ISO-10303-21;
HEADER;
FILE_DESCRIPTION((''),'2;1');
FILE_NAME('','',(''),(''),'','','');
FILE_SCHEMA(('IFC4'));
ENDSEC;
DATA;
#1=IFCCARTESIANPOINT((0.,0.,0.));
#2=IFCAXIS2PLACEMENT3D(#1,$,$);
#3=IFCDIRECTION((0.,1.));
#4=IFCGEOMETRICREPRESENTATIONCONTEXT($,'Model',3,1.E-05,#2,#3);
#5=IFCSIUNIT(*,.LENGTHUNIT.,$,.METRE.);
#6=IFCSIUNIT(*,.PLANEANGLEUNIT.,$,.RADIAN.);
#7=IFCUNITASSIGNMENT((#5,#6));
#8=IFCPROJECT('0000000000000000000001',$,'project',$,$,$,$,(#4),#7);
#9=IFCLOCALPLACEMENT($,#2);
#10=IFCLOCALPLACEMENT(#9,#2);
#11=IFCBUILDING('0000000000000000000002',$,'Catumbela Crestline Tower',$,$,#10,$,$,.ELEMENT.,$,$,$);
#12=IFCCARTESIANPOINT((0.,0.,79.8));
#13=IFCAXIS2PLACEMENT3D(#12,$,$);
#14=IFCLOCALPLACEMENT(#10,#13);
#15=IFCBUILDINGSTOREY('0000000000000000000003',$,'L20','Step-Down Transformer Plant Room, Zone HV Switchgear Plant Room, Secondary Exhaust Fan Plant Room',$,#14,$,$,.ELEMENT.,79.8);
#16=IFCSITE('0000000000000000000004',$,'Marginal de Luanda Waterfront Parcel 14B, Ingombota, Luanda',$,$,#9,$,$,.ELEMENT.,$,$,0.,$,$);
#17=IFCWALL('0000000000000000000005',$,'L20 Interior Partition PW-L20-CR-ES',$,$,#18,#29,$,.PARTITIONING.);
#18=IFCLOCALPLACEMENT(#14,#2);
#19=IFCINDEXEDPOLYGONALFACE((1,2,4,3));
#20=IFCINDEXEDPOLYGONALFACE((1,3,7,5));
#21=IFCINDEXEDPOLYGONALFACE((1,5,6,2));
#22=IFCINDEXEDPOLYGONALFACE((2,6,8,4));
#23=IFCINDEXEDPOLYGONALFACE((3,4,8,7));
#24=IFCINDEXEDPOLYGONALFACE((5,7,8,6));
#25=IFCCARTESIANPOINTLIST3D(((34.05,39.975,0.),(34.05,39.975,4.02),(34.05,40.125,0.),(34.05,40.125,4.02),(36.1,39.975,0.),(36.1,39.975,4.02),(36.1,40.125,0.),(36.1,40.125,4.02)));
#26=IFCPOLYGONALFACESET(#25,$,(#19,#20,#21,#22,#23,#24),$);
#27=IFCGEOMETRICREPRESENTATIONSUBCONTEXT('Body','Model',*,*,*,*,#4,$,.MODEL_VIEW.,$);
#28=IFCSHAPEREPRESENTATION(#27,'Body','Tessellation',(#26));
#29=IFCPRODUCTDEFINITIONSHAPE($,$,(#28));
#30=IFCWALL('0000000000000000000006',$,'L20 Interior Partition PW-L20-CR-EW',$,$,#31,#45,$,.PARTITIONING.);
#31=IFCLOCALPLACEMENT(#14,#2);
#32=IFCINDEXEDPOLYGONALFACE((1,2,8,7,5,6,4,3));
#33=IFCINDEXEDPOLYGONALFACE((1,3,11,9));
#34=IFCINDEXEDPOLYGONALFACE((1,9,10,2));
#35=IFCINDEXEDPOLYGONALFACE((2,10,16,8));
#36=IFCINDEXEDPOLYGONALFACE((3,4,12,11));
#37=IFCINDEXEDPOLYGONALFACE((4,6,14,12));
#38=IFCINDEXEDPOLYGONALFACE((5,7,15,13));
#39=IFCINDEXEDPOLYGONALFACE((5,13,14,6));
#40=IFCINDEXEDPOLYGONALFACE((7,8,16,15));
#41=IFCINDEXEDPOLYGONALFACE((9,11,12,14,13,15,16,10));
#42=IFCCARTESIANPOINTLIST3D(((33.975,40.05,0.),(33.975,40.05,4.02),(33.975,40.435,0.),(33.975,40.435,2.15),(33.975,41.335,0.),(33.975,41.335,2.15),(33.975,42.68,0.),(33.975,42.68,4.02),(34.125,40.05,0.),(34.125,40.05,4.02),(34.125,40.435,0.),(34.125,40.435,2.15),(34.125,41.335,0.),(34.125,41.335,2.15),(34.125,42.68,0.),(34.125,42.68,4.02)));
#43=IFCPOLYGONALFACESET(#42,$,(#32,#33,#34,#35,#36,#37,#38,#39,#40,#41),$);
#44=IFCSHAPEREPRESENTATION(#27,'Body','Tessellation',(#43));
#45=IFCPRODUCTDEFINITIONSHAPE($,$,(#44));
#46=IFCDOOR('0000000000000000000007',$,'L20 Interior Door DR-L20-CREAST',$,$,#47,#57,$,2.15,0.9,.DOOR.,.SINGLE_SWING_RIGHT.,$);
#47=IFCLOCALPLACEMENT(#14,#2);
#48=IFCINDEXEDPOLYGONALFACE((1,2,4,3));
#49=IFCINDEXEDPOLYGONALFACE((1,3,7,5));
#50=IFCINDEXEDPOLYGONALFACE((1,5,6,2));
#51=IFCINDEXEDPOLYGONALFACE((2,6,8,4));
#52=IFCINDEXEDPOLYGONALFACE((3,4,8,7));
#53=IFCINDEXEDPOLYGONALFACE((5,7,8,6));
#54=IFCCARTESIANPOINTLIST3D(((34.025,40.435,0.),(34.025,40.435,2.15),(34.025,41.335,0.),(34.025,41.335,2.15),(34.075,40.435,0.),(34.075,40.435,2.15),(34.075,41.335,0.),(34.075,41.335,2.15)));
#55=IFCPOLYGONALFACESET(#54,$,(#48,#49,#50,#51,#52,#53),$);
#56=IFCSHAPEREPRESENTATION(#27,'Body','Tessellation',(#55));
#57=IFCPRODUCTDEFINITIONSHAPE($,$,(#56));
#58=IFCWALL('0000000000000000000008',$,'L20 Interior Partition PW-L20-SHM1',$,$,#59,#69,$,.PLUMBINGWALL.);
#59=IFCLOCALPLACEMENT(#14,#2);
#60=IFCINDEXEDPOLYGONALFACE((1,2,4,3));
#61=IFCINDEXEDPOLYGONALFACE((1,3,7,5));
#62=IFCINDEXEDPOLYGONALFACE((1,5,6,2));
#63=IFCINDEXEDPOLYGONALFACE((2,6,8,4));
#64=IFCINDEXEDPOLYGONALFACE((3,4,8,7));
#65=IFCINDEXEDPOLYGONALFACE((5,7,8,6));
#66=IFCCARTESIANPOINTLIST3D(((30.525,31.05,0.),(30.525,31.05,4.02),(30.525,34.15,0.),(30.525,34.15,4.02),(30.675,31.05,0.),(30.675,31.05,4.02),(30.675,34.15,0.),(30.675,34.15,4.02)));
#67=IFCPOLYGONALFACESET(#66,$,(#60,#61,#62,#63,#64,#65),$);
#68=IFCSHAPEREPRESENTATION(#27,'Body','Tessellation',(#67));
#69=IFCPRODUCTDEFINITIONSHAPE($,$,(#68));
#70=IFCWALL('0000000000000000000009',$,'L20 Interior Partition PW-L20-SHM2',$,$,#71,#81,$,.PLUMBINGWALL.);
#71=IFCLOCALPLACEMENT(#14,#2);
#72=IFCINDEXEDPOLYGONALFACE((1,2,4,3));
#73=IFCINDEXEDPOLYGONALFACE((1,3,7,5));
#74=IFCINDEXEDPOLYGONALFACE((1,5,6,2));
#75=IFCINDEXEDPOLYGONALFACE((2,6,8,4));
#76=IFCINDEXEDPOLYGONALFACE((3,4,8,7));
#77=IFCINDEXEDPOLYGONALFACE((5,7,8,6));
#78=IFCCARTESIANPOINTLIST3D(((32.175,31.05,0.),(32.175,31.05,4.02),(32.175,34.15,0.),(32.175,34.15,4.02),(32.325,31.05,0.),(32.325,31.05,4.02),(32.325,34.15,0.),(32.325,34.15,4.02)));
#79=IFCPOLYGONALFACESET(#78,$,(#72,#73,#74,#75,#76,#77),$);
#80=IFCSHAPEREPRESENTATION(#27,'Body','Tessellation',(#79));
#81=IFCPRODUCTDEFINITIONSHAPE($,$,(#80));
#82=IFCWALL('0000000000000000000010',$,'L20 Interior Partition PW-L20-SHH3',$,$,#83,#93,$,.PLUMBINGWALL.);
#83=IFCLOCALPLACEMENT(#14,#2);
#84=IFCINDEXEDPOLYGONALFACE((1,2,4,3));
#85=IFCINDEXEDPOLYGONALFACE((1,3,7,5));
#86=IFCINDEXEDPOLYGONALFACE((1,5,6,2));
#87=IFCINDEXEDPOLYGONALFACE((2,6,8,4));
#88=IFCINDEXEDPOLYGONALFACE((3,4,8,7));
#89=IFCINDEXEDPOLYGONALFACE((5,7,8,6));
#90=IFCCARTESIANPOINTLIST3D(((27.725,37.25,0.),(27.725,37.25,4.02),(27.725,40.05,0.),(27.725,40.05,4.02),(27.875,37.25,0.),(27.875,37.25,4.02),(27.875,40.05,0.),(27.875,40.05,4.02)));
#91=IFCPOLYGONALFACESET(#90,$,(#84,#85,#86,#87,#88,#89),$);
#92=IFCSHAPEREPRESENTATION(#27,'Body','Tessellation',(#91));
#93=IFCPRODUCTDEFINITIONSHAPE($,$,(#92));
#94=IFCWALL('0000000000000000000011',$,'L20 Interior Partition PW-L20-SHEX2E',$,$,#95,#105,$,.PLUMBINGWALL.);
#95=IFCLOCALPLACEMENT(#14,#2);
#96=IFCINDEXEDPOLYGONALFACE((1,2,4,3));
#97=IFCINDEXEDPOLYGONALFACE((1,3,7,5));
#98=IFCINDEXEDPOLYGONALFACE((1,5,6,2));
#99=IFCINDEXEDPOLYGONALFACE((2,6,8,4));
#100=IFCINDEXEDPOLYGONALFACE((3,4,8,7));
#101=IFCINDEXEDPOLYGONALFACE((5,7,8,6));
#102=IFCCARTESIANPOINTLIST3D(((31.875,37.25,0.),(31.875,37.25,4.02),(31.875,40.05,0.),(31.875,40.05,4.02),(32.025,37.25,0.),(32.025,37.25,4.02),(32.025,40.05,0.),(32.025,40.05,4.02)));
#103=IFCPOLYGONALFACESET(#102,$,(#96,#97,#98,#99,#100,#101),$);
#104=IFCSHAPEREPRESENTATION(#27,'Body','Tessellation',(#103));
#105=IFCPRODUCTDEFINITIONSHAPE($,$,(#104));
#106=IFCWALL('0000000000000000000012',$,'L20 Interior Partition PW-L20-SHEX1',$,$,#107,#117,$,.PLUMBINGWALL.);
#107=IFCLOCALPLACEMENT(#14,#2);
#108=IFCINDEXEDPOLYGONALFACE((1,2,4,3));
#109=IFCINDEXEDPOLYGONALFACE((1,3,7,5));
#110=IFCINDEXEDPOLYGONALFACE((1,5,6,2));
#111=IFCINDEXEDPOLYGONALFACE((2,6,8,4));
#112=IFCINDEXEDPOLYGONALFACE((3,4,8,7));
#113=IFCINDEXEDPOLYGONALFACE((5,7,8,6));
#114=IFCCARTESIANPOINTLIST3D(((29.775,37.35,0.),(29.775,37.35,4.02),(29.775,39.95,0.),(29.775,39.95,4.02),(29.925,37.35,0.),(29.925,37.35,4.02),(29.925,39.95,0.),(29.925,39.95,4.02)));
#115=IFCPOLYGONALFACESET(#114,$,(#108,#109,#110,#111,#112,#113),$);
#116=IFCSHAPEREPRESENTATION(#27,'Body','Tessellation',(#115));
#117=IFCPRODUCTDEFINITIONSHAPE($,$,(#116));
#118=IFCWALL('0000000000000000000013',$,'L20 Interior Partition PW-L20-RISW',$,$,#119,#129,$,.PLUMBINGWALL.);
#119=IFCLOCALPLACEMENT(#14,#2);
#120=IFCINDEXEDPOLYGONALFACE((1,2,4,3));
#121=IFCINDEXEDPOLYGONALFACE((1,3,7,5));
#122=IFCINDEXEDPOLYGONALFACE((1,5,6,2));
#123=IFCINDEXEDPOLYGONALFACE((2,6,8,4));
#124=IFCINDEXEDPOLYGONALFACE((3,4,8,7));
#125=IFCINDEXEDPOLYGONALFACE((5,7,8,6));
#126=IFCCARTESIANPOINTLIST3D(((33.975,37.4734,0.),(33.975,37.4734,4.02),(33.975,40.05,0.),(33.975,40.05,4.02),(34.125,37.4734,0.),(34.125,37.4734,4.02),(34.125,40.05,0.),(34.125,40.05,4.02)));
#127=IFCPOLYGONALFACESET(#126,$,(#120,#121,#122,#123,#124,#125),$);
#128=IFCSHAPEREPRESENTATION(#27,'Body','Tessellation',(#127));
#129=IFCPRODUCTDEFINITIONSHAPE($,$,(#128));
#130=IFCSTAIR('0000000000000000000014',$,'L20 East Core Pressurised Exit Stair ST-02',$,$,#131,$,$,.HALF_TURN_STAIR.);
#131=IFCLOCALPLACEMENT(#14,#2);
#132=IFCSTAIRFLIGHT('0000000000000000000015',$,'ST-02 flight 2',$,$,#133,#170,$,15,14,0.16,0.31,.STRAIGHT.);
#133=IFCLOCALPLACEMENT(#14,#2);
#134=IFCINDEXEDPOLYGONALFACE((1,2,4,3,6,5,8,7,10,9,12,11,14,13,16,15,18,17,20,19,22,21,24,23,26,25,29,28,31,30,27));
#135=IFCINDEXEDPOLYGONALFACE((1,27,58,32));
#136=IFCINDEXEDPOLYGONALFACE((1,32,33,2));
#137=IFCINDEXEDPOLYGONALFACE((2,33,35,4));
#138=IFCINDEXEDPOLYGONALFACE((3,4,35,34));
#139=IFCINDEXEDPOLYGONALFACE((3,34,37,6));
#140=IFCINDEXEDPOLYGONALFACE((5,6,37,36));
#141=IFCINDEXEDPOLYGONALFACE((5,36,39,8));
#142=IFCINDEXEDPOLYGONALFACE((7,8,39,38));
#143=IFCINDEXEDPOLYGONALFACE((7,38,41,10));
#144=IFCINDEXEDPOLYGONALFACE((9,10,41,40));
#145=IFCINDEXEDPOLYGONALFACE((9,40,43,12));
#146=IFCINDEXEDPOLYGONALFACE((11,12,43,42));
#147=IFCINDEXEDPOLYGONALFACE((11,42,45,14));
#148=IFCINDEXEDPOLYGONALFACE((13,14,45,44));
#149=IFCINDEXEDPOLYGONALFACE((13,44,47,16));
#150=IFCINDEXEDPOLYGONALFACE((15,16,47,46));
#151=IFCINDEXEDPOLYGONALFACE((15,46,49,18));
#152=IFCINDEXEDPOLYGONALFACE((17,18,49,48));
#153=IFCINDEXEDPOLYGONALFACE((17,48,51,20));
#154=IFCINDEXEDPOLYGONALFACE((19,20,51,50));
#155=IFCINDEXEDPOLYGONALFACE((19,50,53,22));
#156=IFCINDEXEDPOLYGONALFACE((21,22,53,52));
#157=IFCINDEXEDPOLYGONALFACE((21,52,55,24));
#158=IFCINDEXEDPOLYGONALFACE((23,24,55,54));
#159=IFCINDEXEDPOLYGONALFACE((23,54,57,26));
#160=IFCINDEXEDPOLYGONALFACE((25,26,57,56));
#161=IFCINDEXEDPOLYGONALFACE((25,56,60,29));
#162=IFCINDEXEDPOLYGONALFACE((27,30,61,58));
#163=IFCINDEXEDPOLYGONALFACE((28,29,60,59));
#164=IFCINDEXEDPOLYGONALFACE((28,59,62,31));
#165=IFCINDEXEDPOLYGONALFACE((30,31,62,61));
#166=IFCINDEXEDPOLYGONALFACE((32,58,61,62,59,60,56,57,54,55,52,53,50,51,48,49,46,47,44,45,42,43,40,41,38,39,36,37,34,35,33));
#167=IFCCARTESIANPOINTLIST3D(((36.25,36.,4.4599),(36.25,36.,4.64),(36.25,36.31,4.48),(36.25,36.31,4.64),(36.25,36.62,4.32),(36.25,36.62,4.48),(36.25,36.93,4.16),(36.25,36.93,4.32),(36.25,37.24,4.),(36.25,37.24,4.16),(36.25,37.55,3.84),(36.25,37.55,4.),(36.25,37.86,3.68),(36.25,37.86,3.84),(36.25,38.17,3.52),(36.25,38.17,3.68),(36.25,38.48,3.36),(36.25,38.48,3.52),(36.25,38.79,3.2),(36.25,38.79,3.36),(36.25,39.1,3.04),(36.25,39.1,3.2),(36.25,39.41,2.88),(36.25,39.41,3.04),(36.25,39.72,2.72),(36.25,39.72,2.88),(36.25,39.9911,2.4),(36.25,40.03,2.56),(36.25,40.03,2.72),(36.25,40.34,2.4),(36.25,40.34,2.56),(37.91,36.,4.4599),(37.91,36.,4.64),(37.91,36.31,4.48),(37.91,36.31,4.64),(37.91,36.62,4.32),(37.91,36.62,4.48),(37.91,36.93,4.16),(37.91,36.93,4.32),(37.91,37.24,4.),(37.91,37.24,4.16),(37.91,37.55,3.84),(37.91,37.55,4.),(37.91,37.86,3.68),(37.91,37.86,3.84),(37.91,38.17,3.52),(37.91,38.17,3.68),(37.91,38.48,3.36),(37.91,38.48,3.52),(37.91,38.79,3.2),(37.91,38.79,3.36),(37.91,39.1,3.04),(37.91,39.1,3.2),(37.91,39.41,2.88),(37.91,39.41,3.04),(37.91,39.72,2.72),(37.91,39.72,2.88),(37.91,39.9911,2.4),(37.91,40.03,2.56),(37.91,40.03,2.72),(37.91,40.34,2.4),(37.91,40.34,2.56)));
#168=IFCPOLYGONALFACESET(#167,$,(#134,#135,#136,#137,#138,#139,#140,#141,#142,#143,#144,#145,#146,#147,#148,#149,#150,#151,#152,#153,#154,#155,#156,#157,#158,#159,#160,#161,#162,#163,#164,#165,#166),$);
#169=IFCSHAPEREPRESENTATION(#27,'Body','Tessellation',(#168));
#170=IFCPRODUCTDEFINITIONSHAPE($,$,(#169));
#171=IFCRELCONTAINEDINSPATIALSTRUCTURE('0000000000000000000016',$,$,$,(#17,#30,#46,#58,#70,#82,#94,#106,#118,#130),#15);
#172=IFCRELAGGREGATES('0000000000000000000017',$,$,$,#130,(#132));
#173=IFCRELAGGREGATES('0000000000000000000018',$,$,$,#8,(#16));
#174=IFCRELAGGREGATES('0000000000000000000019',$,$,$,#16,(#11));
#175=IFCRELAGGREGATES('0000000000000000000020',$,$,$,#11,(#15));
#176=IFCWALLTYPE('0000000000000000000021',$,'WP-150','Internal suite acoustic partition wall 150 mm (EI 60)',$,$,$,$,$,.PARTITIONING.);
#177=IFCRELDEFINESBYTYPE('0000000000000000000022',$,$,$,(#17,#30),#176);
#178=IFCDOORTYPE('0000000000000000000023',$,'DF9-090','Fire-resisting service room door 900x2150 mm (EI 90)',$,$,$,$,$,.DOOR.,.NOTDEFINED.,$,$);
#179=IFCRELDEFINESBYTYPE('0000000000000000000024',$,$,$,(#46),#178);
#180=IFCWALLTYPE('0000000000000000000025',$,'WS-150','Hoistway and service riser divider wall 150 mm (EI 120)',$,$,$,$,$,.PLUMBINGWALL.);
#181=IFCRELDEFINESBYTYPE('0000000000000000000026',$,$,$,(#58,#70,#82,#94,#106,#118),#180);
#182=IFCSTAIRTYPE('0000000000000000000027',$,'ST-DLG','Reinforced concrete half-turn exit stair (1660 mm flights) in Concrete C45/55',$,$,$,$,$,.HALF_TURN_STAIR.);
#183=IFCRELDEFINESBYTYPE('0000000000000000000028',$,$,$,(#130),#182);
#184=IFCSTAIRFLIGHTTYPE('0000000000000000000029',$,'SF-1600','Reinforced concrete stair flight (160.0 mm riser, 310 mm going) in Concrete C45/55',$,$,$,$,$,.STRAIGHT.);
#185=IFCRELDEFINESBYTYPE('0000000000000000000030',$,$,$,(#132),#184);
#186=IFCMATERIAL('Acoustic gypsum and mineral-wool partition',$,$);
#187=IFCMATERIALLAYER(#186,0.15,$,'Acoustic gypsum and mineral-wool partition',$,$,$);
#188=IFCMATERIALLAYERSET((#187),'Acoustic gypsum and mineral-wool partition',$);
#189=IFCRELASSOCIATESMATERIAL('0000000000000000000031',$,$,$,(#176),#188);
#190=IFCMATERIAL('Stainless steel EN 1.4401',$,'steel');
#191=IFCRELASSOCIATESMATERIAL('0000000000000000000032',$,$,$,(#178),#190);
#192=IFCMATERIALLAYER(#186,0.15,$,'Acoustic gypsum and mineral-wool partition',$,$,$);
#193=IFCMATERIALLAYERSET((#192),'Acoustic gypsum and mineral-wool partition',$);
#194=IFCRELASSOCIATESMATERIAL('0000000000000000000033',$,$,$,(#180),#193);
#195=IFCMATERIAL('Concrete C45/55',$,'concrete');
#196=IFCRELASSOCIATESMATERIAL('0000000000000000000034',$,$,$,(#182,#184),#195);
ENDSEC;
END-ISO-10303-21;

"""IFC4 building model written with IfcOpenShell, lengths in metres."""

from ifc_helpers import new_model, si_unit, direction, frame, frame_2d, origin, place, context, subcontext, project, spatial, polyline, rectangle, outline, extrude, material, layer, layer_set, type_object, element, fill, aggregate, save


model = new_model("IFC4")

# Units and contexts
model_context = context("Model", 3, precision=1e-05, world=origin(), true_north=direction((0.0, 1.0)))
body_context = subcontext(model_context, "Body", "Model", "MODEL_VIEW")
ifc_project = project(units=[si_unit("LENGTHUNIT", "METRE"), si_unit("PLANEANGLEUNIT", "RADIAN")], contexts=[model_context])

# Site, building, storey
site_placement = place(None, origin())
site = spatial("IfcSite", under=ifc_project, at=site_placement, Name="Marginal de Luanda Waterfront Parcel 14B, Ingombota, Luanda", CompositionType="ELEMENT", RefElevation=0.0)
building_placement = place(site_placement, origin())
building = spatial("IfcBuilding", under=site, at=building_placement, Name="Catumbela Crestline Tower", CompositionType="ELEMENT")
storey_placement = place(building_placement, frame((0.0, 0.0, 79.8)))
storey = spatial("IfcBuildingStorey", under=building, at=storey_placement, Name="L20", Description="Step-Down Transformer Plant Room, Zone HV Switchgear Plant Room, Secondary Exhaust Fan Plant Room", CompositionType="ELEMENT", Elevation=79.8)

# Shared definitions
ifc_material_1 = material(Name="Stainless steel EN 1.4401", Category="steel")

# Wall
ifc_material_2 = material(Name="Acoustic gypsum and mineral-wool partition")
ifc_layer_1 = layer(ifc_material_2, 0.15, Name="Acoustic gypsum and mineral-wool partition")
ifc_layer_set_1 = layer_set([ifc_layer_1], Name="Acoustic gypsum and mineral-wool partition")
wall_type_1 = type_object("IfcWallType", Name="WP-150", Description="Internal suite acoustic partition wall 150 mm (EI 60)", PredefinedType="PARTITIONING", material=ifc_layer_set_1)
wall_1_placement = place(storey_placement, frame((34.05, 40.05, 0.0), z_axis=(0.0, 0.0, 1.0), x_axis=(1.0, 0.0, 0.0)))
element("IfcWall", 1, at=wall_1_placement, inside=storey, type_object=wall_type_1, Name="L20 Interior Partition PW-L20-CR-ES", PredefinedType="PARTITIONING", context=body_context, shape_type="SweptSolid", body=[
    extrude(rectangle(XDim=2.05, YDim=0.15, at=frame_2d((1.025, 0.0))), origin(), (0.0, 0.0, 1.0), 4.02),
])

# Wall, opening, door
wall_2_placement = place(storey_placement, frame((34.05, 40.05, 0.0), z_axis=(0.0, 0.0, 1.0), x_axis=(0.0, 1.0, 0.0)))
wall_2 = element("IfcWall", 2, at=wall_2_placement, inside=storey, type_object=wall_type_1, Name="L20 Interior Partition PW-L20-CR-EW", PredefinedType="PARTITIONING", context=body_context, shape_type="SweptSolid", body=[
    extrude(rectangle(XDim=2.63, YDim=0.15, at=frame_2d((1.315, 0.0))), origin(), (0.0, 0.0, 1.0), 4.02),
])
opening_1_placement = place(wall_2_placement, frame((0.385, 0.0, 0.0)))
opening_1 = element("IfcOpeningElement", 3, at=opening_1_placement, cuts=wall_2, PredefinedType="OPENING", context=body_context, shape_type="SweptSolid", body=[
    extrude(rectangle(XDim=0.9, YDim=2.15, at=frame_2d((0.45, 1.075))), frame((0.0, 0.085, 0.0), z_axis=(0.0, -1.0, 0.0), x_axis=(1.0, 0.0, 0.0)), (0.0, 0.0, 1.0), 0.17),
])
door_type_1 = type_object("IfcDoorType", Name="DF9-090", Description="Fire-resisting service room door 900x2150 mm (EI 90)", OperationType="NOTDEFINED", PredefinedType="DOOR", material=ifc_material_1)
door_1_placement = place(opening_1_placement, origin())
door_1 = element("IfcDoor", 4, at=door_1_placement, inside=storey, type_object=door_type_1, Name="L20 Interior Door DR-L20-CREAST", OperationType="SINGLE_SWING_RIGHT", OverallHeight=2.15, OverallWidth=0.9, PredefinedType="DOOR", context=body_context, shape_type="SweptSolid", body=[
    extrude(rectangle(XDim=0.9, YDim=2.15, at=frame_2d((0.45, 1.075))), frame((0.0, 0.025, 0.0), z_axis=(0.0, -1.0, 0.0), x_axis=(1.0, 0.0, 0.0)), (0.0, 0.0, 1.0), 0.05),
])
fill(opening_1, door_1)

# Walls
ifc_layer_2 = layer(ifc_material_2, 0.15, Name="Acoustic gypsum and mineral-wool partition")
ifc_layer_set_2 = layer_set([ifc_layer_2], Name="Acoustic gypsum and mineral-wool partition")
wall_type_2 = type_object("IfcWallType", Name="WS-150", Description="Hoistway and service riser divider wall 150 mm (EI 120)", PredefinedType="PLUMBINGWALL", material=ifc_layer_set_2)
for number, where, z_axis, x_axis, name in (
    (5, (30.6, 31.05, 0.0), (0.0, 0.0, 1.0), (0.0, 1.0, 0.0), "L20 Interior Partition PW-L20-SHM1"),
    (6, (32.25, 31.05, 0.0), (0.0, 0.0, 1.0), (0.0, 1.0, 0.0), "L20 Interior Partition PW-L20-SHM2"),
):
    element("IfcWall", number, at=place(storey_placement, frame(where, z_axis=z_axis, x_axis=x_axis)), inside=storey, type_object=wall_type_2, Name=name, PredefinedType="PLUMBINGWALL", context=body_context, shape_type="SweptSolid", body=[
        extrude(rectangle(XDim=3.1, YDim=0.15, at=frame_2d((1.55, 0.0))), origin(), (0.0, 0.0, 1.0), 4.02),
    ])
for number, where, z_axis, x_axis, name in (
    (7, (27.8, 37.25, 0.0), (0.0, 0.0, 1.0), (0.0, 1.0, 0.0), "L20 Interior Partition PW-L20-SHH3"),
    (8, (31.95, 37.25, 0.0), (0.0, 0.0, 1.0), (0.0, 1.0, 0.0), "L20 Interior Partition PW-L20-SHEX2E"),
):
    element("IfcWall", number, at=place(storey_placement, frame(where, z_axis=z_axis, x_axis=x_axis)), inside=storey, type_object=wall_type_2, Name=name, PredefinedType="PLUMBINGWALL", context=body_context, shape_type="SweptSolid", body=[
        extrude(rectangle(XDim=2.8, YDim=0.15, at=frame_2d((1.4, 0.0))), origin(), (0.0, 0.0, 1.0), 4.02),
    ])
wall_3_placement = place(storey_placement, frame((29.85, 37.35, 0.0), z_axis=(0.0, 0.0, 1.0), x_axis=(0.0, 1.0, 0.0)))
element("IfcWall", 9, at=wall_3_placement, inside=storey, type_object=wall_type_2, Name="L20 Interior Partition PW-L20-SHEX1", PredefinedType="PLUMBINGWALL", context=body_context, shape_type="SweptSolid", body=[
    extrude(rectangle(XDim=2.6, YDim=0.15, at=frame_2d((1.3, 0.0))), origin(), (0.0, 0.0, 1.0), 4.02),
])
wall_4_placement = place(storey_placement, frame((34.05, 37.4734, 0.0), z_axis=(0.0, 0.0, 1.0), x_axis=(0.0, 1.0, 0.0)))
element("IfcWall", 10, at=wall_4_placement, inside=storey, type_object=wall_type_2, Name="L20 Interior Partition PW-L20-RISW", PredefinedType="PLUMBINGWALL", context=body_context, shape_type="SweptSolid", body=[
    extrude(rectangle(XDim=2.5766, YDim=0.15, at=frame_2d((1.2883, 0.0))), origin(), (0.0, 0.0, 1.0), 4.02),
])

# Stair, stair flight
ifc_material_3 = material(Name="Concrete C45/55", Category="concrete")
stair_type = type_object("IfcStairType", Name="ST-DLG", Description="Reinforced concrete half-turn exit stair (1660 mm flights) in Concrete C45/55", PredefinedType="HALF_TURN_STAIR", material=ifc_material_3)
stair_placement = place(storey_placement, origin())
stair = element("IfcStair", 11, at=stair_placement, inside=storey, type_object=stair_type, Name="L20 East Core Pressurised Exit Stair ST-02", PredefinedType="HALF_TURN_STAIR")
stair_flight_type = type_object("IfcStairFlightType", Name="SF-1600", Description="Reinforced concrete stair flight (160.0 mm riser, 310 mm going) in Concrete C45/55", PredefinedType="STRAIGHT", material=ifc_material_3)
stair_flight_placement = place(storey_placement, frame((37.08, 40.34, 2.4), z_axis=(0.0, 0.0, 1.0), x_axis=(0.0, -1.0, 0.0)))
stair_flight = element("IfcStairFlight", 12, at=stair_flight_placement, type_object=stair_flight_type, Name="ST-02 flight 2", NumberOfRisers=15, NumberOfTreads=14, PredefinedType="STRAIGHT", RiserHeight=0.16, TreadLength=0.31, context=body_context, shape_type="SweptSolid", body=[
    extrude(outline(polyline([(0.0, 0.0), (0.0, 0.16), (0.31, 0.16), (0.31, 0.32), (0.62, 0.32), (0.62, 0.48), (0.93, 0.48), (0.93, 0.64), (1.24, 0.64), (1.24, 0.8), (1.55, 0.8), (1.55, 0.96), (1.86, 0.96), (1.86, 1.12), (2.17, 1.12), (2.17, 1.28), (2.48, 1.28), (2.48, 1.44), (2.79, 1.44), (2.79, 1.6), (3.1, 1.6), (3.1, 1.76), (3.41, 1.76), (3.41, 1.92), (3.72, 1.92), (3.72, 2.08), (4.03, 2.08), (4.03, 2.24), (4.34, 2.24), (4.34, 2.4), (4.34, 2.0599), (0.3489, 0.0), (0.0, 0.0)])), frame((0.0, 0.83, 0.0), z_axis=(0.0, -1.0, 0.0), x_axis=(1.0, 0.0, 0.0)), (0.0, 0.0, 1.0), 1.66),
])
aggregate(stair, [stair_flight])

save(model, "model.ifc")
